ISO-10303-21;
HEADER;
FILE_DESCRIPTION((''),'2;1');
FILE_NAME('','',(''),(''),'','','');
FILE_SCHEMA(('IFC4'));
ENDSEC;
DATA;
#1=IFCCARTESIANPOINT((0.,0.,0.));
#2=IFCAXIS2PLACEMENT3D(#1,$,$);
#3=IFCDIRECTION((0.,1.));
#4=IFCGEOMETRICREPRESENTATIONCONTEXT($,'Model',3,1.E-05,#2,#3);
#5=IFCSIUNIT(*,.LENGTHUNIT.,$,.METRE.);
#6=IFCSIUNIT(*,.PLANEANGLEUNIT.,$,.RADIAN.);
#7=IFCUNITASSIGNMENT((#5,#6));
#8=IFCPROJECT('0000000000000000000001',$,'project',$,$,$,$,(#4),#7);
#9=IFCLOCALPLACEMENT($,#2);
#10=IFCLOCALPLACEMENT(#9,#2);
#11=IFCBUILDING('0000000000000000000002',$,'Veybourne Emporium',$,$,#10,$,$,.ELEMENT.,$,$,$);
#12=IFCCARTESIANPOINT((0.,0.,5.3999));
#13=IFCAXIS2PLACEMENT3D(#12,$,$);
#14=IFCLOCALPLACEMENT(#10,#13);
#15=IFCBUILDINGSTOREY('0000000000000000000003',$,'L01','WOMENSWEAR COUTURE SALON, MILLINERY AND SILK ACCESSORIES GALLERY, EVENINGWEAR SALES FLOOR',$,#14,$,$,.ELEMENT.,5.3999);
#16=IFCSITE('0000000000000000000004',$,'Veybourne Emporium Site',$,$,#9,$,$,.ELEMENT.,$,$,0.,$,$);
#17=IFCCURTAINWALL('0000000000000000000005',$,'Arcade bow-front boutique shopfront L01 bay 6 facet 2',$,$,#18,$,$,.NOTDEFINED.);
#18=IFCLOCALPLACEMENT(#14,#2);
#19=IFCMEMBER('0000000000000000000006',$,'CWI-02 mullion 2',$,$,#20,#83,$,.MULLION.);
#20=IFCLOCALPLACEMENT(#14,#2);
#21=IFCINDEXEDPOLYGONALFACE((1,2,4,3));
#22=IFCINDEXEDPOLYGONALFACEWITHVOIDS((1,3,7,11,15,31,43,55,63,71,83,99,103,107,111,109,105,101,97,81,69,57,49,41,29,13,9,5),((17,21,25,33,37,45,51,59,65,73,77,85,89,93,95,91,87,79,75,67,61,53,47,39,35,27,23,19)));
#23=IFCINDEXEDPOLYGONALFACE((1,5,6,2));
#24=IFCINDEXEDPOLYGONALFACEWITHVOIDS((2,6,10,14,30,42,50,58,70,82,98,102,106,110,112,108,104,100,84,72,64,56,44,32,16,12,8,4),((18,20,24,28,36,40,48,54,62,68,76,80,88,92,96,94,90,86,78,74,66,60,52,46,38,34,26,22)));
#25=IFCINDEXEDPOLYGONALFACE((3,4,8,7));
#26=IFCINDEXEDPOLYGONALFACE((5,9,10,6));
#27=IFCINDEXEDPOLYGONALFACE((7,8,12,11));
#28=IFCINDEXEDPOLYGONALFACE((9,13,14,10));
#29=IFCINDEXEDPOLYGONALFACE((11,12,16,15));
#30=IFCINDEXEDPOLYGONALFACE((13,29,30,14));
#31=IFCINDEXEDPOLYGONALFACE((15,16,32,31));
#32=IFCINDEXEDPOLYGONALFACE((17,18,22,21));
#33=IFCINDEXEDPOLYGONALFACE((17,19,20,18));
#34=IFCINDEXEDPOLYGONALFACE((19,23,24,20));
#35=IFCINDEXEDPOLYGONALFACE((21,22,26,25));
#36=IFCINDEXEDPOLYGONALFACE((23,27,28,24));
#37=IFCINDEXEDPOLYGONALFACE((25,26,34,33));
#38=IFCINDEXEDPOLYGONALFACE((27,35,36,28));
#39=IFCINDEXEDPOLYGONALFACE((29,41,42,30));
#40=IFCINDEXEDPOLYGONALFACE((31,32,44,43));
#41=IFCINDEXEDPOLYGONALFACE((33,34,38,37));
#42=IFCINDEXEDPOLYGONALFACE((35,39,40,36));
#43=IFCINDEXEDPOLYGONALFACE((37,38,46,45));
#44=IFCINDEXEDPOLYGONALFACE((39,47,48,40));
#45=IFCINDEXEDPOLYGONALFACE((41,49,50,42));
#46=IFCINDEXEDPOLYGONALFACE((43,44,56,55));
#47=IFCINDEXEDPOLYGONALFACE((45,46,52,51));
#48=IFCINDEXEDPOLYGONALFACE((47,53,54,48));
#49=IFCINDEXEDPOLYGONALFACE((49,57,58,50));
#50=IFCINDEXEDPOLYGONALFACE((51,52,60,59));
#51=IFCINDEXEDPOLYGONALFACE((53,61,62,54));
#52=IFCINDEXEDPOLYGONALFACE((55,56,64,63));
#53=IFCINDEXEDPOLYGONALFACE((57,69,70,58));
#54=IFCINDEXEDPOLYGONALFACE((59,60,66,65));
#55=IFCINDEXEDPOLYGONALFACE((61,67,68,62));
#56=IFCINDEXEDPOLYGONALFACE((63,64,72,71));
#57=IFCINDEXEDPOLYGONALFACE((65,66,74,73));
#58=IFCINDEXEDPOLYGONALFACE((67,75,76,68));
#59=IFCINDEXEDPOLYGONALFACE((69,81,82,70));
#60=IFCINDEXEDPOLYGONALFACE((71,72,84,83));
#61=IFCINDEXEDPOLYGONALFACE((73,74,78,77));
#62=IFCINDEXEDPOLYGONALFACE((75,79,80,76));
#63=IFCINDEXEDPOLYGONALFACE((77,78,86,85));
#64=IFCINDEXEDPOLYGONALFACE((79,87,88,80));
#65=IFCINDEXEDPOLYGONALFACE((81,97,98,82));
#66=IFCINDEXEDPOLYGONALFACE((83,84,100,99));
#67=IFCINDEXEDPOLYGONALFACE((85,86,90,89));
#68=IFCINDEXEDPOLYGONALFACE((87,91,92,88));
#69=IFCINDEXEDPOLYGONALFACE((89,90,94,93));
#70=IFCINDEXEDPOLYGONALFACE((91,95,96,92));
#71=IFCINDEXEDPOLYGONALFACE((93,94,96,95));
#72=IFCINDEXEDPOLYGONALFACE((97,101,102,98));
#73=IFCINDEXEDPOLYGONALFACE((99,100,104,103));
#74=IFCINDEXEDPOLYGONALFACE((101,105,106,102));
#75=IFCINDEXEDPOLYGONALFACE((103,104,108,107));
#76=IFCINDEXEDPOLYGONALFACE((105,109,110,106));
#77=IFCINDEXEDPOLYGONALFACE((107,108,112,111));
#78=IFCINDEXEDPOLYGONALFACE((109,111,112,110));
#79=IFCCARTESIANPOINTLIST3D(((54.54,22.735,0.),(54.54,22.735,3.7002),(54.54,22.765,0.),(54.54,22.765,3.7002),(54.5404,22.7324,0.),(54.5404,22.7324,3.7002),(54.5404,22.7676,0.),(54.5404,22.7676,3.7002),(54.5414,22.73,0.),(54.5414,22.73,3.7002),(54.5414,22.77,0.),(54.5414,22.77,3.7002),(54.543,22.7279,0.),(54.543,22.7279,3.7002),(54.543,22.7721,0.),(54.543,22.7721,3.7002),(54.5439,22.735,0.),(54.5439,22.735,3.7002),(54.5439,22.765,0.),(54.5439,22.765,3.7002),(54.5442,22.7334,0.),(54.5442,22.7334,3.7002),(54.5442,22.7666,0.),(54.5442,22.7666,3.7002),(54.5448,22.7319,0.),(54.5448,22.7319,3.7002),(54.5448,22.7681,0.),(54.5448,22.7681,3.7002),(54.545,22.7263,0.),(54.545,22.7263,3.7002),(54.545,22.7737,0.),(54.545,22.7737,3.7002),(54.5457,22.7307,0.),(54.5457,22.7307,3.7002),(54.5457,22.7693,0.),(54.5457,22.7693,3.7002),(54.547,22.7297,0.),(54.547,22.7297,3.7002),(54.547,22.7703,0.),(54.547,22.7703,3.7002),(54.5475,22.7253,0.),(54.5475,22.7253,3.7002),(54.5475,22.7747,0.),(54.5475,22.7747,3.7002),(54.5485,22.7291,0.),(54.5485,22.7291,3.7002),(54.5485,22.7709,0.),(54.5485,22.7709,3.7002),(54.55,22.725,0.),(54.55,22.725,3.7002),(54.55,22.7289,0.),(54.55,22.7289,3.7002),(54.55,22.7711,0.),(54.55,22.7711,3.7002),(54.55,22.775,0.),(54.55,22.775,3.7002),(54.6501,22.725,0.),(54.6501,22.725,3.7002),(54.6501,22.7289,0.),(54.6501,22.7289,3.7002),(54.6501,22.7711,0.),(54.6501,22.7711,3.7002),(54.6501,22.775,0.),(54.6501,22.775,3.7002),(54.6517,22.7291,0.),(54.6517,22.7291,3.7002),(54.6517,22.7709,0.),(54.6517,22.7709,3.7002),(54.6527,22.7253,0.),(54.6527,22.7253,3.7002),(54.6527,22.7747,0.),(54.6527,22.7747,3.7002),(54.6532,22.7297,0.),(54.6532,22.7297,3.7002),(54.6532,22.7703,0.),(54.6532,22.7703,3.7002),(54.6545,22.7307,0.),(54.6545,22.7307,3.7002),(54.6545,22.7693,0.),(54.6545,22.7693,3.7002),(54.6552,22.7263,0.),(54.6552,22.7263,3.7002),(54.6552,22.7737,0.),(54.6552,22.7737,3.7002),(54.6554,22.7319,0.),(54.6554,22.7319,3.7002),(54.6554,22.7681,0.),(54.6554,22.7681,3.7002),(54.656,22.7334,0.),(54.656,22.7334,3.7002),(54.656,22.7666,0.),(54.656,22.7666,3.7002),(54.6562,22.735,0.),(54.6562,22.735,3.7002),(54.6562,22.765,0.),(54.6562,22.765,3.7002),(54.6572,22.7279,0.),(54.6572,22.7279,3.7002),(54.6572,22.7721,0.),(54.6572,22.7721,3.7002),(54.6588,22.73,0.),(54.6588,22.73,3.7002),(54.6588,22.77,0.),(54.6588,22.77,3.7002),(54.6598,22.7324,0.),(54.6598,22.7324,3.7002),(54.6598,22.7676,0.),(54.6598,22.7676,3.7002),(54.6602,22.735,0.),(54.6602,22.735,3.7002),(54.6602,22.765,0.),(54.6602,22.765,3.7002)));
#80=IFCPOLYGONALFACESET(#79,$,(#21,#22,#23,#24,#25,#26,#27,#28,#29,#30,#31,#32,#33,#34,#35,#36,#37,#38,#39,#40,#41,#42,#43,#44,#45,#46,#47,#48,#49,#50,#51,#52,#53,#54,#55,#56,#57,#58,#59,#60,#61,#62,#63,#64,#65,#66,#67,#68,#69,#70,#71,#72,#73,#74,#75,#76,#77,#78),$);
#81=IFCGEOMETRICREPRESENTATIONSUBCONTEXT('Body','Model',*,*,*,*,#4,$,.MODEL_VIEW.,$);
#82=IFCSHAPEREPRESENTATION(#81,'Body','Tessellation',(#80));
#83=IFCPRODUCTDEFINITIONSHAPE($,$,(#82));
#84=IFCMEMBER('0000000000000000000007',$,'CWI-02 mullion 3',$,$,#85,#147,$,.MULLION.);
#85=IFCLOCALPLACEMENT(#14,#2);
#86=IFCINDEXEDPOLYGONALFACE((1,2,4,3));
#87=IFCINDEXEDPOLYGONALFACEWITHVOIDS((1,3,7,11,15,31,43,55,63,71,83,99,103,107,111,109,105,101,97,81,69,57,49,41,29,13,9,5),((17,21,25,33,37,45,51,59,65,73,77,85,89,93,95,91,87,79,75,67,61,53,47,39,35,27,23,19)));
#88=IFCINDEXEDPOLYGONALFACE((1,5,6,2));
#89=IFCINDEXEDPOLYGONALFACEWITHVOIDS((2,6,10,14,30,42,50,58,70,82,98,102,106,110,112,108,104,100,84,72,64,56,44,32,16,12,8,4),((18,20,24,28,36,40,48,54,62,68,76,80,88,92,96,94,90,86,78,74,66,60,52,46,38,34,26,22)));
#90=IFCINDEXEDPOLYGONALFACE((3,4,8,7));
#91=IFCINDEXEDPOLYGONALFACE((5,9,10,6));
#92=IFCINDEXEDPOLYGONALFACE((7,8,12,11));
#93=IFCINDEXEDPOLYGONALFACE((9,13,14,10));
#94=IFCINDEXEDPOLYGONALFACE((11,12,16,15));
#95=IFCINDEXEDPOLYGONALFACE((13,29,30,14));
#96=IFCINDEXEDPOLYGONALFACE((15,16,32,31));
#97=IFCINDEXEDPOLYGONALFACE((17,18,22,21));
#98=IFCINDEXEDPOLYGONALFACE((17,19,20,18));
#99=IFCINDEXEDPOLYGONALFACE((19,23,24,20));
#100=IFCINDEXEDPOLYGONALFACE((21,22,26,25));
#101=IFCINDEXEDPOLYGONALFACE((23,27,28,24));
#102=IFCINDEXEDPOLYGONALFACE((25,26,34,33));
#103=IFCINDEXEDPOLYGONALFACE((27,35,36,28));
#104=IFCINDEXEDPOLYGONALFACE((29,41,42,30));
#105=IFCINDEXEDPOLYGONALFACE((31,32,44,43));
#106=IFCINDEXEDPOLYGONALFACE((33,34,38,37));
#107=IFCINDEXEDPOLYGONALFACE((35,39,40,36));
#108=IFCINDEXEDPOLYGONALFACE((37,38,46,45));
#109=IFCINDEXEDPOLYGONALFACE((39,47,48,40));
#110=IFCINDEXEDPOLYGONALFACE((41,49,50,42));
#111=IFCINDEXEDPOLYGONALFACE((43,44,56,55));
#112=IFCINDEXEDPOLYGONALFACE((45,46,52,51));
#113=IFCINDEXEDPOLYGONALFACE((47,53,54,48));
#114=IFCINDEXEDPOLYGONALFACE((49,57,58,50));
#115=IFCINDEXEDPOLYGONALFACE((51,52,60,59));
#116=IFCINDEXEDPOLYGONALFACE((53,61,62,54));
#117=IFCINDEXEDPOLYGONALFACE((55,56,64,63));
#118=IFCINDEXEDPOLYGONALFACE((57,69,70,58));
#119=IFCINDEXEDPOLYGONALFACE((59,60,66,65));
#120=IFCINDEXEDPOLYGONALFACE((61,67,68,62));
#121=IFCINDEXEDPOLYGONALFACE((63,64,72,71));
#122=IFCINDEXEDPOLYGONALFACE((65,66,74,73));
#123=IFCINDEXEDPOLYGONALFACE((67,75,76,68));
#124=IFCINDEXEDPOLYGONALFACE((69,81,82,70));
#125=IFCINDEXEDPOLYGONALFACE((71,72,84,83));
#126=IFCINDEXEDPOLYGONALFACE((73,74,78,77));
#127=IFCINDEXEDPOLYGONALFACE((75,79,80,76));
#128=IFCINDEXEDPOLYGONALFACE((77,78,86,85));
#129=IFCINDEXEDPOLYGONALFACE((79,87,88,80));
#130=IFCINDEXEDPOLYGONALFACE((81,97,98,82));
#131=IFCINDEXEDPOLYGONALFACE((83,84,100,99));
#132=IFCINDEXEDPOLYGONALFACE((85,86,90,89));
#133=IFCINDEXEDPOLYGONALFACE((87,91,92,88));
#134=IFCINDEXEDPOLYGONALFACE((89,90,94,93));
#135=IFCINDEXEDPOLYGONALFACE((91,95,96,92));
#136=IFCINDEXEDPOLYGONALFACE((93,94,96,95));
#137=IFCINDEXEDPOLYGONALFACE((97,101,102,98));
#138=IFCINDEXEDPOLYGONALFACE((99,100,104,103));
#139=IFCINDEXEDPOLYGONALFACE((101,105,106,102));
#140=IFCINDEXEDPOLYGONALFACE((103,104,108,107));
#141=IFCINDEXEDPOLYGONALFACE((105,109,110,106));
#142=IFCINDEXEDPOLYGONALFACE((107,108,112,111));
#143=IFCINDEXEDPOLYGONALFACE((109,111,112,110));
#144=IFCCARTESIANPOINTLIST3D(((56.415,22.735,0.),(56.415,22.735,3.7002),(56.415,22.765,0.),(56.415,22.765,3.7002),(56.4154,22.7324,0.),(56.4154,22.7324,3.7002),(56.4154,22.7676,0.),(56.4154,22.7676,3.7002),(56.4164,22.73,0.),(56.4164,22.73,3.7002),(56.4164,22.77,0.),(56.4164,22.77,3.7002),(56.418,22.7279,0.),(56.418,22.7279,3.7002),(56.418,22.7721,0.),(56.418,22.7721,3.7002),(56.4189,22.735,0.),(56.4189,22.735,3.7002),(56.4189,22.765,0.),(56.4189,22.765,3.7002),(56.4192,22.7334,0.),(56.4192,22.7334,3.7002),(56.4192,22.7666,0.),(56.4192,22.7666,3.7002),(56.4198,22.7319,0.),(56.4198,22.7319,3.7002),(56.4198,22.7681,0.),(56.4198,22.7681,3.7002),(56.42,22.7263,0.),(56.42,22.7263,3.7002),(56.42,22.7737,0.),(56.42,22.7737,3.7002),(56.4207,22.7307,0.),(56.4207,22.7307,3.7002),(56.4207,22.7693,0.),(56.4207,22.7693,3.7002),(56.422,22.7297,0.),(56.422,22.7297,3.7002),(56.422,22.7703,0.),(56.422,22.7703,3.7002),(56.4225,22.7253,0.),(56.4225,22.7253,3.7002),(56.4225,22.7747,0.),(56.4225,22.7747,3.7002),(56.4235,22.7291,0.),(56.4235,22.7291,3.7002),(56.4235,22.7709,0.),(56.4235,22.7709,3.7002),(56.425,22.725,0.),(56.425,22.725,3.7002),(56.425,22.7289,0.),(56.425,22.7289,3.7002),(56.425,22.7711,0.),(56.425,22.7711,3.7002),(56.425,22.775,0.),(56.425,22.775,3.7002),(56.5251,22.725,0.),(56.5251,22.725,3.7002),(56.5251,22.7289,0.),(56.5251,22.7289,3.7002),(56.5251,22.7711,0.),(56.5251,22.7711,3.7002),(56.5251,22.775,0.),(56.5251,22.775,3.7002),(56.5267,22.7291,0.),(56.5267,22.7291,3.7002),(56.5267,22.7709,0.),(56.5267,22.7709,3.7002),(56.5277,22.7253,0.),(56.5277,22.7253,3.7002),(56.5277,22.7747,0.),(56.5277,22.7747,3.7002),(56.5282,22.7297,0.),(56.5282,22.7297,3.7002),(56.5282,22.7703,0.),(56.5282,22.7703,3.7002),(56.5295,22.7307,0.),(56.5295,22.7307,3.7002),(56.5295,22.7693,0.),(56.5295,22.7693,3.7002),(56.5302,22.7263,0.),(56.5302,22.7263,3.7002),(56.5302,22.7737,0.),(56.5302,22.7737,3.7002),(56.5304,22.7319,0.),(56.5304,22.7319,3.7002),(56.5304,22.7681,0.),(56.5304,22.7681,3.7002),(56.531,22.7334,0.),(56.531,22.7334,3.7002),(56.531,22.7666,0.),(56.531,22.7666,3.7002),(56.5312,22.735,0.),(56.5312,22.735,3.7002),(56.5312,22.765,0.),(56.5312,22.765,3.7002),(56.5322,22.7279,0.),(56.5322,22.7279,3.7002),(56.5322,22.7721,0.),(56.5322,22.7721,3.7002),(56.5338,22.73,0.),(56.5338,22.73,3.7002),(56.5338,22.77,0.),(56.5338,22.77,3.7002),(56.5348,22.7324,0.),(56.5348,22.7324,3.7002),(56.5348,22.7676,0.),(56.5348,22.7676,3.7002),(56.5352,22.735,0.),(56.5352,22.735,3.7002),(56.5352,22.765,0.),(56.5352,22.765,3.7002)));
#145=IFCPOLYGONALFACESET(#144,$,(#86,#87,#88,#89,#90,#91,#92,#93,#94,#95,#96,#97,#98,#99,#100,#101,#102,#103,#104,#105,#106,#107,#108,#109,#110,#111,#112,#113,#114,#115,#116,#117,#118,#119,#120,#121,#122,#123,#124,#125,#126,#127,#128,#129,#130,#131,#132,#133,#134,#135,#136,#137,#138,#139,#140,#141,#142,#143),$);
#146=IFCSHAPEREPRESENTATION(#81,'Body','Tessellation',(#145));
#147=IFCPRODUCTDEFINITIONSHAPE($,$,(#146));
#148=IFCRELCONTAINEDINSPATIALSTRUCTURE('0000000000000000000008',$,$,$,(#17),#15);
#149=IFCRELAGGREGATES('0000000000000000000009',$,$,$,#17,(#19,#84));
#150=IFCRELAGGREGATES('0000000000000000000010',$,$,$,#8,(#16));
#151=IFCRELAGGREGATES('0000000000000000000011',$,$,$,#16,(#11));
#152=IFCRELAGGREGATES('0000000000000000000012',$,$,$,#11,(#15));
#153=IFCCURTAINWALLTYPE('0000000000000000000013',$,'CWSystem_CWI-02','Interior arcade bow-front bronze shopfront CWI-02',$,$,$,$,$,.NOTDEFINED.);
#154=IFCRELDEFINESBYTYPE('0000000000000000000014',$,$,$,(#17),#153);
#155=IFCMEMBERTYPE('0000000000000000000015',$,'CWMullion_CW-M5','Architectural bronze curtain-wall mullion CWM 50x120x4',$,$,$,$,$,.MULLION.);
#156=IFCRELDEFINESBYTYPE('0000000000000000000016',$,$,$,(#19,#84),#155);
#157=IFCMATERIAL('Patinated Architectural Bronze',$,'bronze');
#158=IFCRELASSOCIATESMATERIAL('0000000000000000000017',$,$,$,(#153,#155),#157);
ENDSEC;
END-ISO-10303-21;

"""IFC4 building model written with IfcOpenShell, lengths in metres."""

from ifc_helpers import new_model, si_unit, direction, frame, origin, origin_2d, place, context, subcontext, project, spatial, hollow_rectangle, extrude, material, material_profile, profile_set, type_object, element, aggregate, save


model = new_model("IFC4")

# Units and contexts
model_context = context("Model", 3, precision=1e-05, world=origin(), true_north=direction((0.0, 1.0)))
body_context = subcontext(model_context, "Body", "Model", "MODEL_VIEW")
ifc_project = project(units=[si_unit("LENGTHUNIT", "METRE"), si_unit("PLANEANGLEUNIT", "RADIAN")], contexts=[model_context])

# Site, building, storey
site_placement = place(None, origin())
site = spatial("IfcSite", under=ifc_project, at=site_placement, Name="Veybourne Emporium Site", CompositionType="ELEMENT", RefElevation=0.0)
building_placement = place(site_placement, origin())
building = spatial("IfcBuilding", under=site, at=building_placement, Name="Veybourne Emporium", CompositionType="ELEMENT")
storey_placement = place(building_placement, frame((0.0, 0.0, 5.3999)))
storey = spatial("IfcBuildingStorey", under=building, at=storey_placement, Name="L01", Description="WOMENSWEAR COUTURE SALON, MILLINERY AND SILK ACCESSORIES GALLERY, EVENINGWEAR SALES FLOOR", CompositionType="ELEMENT", Elevation=5.3999)

# Curtain wall, members
ifc_material_1 = material(Name="Patinated Architectural Bronze", Category="bronze")
curtain_wall_type_1 = type_object("IfcCurtainWallType", Name="CWSystem_CWI-02", Description="Interior arcade bow-front bronze shopfront CWI-02", PredefinedType="NOTDEFINED", material=ifc_material_1)
curtain_wall_1_placement = place(storey_placement, origin())
curtain_wall_1 = element("IfcCurtainWall", 1, at=curtain_wall_1_placement, inside=storey, type_object=curtain_wall_type_1, Name="Arcade bow-front boutique shopfront L01 bay 6 facet 2", PredefinedType="NOTDEFINED")
ifc_material_profile_1 = material_profile(ifc_material_1, hollow_rectangle(XDim=0.05, YDim=0.1201, WallThickness=0.0039, InnerFilletRadius=0.0061, OuterFilletRadius=0.01, at=origin_2d()), Name="CWM 50x120x4")
ifc_profile_set_1 = profile_set([ifc_material_profile_1], Name="Patinated Architectural Bronze")
member_type_1 = type_object("IfcMemberType", Name="CWMullion_CW-M5", Description="Architectural bronze curtain-wall mullion CWM 50x120x4", PredefinedType="MULLION", material=ifc_profile_set_1)
member_1_placement = place(storey_placement, frame((54.6001, 22.75, 0.0), z_axis=(0.0, 0.0, 1.0), x_axis=(0.0, 1.0, 0.0)))
member_1 = element("IfcMember", 2, at=member_1_placement, type_object=member_type_1, Name="CWI-02 mullion 2", PredefinedType="MULLION", context=body_context, shape_type="SweptSolid", body=[
    extrude(hollow_rectangle(XDim=0.05, YDim=0.1201, WallThickness=0.0039, InnerFilletRadius=0.0061, OuterFilletRadius=0.01, at=origin_2d()), origin(), (0.0, 0.0, 1.0), 3.7002),
])
member_2_placement = place(storey_placement, frame((56.4751, 22.75, 0.0), z_axis=(0.0, 0.0, 1.0), x_axis=(0.0, 1.0, 0.0)))
member_2 = element("IfcMember", 3, at=member_2_placement, type_object=member_type_1, Name="CWI-02 mullion 3", PredefinedType="MULLION", context=body_context, shape_type="SweptSolid", body=[
    extrude(hollow_rectangle(XDim=0.05, YDim=0.1201, WallThickness=0.0039, InnerFilletRadius=0.0061, OuterFilletRadius=0.01, at=origin_2d()), origin(), (0.0, 0.0, 1.0), 3.7002),
])

aggregate(curtain_wall_1, [member_1, member_2])

save(model, "model.ifc")
